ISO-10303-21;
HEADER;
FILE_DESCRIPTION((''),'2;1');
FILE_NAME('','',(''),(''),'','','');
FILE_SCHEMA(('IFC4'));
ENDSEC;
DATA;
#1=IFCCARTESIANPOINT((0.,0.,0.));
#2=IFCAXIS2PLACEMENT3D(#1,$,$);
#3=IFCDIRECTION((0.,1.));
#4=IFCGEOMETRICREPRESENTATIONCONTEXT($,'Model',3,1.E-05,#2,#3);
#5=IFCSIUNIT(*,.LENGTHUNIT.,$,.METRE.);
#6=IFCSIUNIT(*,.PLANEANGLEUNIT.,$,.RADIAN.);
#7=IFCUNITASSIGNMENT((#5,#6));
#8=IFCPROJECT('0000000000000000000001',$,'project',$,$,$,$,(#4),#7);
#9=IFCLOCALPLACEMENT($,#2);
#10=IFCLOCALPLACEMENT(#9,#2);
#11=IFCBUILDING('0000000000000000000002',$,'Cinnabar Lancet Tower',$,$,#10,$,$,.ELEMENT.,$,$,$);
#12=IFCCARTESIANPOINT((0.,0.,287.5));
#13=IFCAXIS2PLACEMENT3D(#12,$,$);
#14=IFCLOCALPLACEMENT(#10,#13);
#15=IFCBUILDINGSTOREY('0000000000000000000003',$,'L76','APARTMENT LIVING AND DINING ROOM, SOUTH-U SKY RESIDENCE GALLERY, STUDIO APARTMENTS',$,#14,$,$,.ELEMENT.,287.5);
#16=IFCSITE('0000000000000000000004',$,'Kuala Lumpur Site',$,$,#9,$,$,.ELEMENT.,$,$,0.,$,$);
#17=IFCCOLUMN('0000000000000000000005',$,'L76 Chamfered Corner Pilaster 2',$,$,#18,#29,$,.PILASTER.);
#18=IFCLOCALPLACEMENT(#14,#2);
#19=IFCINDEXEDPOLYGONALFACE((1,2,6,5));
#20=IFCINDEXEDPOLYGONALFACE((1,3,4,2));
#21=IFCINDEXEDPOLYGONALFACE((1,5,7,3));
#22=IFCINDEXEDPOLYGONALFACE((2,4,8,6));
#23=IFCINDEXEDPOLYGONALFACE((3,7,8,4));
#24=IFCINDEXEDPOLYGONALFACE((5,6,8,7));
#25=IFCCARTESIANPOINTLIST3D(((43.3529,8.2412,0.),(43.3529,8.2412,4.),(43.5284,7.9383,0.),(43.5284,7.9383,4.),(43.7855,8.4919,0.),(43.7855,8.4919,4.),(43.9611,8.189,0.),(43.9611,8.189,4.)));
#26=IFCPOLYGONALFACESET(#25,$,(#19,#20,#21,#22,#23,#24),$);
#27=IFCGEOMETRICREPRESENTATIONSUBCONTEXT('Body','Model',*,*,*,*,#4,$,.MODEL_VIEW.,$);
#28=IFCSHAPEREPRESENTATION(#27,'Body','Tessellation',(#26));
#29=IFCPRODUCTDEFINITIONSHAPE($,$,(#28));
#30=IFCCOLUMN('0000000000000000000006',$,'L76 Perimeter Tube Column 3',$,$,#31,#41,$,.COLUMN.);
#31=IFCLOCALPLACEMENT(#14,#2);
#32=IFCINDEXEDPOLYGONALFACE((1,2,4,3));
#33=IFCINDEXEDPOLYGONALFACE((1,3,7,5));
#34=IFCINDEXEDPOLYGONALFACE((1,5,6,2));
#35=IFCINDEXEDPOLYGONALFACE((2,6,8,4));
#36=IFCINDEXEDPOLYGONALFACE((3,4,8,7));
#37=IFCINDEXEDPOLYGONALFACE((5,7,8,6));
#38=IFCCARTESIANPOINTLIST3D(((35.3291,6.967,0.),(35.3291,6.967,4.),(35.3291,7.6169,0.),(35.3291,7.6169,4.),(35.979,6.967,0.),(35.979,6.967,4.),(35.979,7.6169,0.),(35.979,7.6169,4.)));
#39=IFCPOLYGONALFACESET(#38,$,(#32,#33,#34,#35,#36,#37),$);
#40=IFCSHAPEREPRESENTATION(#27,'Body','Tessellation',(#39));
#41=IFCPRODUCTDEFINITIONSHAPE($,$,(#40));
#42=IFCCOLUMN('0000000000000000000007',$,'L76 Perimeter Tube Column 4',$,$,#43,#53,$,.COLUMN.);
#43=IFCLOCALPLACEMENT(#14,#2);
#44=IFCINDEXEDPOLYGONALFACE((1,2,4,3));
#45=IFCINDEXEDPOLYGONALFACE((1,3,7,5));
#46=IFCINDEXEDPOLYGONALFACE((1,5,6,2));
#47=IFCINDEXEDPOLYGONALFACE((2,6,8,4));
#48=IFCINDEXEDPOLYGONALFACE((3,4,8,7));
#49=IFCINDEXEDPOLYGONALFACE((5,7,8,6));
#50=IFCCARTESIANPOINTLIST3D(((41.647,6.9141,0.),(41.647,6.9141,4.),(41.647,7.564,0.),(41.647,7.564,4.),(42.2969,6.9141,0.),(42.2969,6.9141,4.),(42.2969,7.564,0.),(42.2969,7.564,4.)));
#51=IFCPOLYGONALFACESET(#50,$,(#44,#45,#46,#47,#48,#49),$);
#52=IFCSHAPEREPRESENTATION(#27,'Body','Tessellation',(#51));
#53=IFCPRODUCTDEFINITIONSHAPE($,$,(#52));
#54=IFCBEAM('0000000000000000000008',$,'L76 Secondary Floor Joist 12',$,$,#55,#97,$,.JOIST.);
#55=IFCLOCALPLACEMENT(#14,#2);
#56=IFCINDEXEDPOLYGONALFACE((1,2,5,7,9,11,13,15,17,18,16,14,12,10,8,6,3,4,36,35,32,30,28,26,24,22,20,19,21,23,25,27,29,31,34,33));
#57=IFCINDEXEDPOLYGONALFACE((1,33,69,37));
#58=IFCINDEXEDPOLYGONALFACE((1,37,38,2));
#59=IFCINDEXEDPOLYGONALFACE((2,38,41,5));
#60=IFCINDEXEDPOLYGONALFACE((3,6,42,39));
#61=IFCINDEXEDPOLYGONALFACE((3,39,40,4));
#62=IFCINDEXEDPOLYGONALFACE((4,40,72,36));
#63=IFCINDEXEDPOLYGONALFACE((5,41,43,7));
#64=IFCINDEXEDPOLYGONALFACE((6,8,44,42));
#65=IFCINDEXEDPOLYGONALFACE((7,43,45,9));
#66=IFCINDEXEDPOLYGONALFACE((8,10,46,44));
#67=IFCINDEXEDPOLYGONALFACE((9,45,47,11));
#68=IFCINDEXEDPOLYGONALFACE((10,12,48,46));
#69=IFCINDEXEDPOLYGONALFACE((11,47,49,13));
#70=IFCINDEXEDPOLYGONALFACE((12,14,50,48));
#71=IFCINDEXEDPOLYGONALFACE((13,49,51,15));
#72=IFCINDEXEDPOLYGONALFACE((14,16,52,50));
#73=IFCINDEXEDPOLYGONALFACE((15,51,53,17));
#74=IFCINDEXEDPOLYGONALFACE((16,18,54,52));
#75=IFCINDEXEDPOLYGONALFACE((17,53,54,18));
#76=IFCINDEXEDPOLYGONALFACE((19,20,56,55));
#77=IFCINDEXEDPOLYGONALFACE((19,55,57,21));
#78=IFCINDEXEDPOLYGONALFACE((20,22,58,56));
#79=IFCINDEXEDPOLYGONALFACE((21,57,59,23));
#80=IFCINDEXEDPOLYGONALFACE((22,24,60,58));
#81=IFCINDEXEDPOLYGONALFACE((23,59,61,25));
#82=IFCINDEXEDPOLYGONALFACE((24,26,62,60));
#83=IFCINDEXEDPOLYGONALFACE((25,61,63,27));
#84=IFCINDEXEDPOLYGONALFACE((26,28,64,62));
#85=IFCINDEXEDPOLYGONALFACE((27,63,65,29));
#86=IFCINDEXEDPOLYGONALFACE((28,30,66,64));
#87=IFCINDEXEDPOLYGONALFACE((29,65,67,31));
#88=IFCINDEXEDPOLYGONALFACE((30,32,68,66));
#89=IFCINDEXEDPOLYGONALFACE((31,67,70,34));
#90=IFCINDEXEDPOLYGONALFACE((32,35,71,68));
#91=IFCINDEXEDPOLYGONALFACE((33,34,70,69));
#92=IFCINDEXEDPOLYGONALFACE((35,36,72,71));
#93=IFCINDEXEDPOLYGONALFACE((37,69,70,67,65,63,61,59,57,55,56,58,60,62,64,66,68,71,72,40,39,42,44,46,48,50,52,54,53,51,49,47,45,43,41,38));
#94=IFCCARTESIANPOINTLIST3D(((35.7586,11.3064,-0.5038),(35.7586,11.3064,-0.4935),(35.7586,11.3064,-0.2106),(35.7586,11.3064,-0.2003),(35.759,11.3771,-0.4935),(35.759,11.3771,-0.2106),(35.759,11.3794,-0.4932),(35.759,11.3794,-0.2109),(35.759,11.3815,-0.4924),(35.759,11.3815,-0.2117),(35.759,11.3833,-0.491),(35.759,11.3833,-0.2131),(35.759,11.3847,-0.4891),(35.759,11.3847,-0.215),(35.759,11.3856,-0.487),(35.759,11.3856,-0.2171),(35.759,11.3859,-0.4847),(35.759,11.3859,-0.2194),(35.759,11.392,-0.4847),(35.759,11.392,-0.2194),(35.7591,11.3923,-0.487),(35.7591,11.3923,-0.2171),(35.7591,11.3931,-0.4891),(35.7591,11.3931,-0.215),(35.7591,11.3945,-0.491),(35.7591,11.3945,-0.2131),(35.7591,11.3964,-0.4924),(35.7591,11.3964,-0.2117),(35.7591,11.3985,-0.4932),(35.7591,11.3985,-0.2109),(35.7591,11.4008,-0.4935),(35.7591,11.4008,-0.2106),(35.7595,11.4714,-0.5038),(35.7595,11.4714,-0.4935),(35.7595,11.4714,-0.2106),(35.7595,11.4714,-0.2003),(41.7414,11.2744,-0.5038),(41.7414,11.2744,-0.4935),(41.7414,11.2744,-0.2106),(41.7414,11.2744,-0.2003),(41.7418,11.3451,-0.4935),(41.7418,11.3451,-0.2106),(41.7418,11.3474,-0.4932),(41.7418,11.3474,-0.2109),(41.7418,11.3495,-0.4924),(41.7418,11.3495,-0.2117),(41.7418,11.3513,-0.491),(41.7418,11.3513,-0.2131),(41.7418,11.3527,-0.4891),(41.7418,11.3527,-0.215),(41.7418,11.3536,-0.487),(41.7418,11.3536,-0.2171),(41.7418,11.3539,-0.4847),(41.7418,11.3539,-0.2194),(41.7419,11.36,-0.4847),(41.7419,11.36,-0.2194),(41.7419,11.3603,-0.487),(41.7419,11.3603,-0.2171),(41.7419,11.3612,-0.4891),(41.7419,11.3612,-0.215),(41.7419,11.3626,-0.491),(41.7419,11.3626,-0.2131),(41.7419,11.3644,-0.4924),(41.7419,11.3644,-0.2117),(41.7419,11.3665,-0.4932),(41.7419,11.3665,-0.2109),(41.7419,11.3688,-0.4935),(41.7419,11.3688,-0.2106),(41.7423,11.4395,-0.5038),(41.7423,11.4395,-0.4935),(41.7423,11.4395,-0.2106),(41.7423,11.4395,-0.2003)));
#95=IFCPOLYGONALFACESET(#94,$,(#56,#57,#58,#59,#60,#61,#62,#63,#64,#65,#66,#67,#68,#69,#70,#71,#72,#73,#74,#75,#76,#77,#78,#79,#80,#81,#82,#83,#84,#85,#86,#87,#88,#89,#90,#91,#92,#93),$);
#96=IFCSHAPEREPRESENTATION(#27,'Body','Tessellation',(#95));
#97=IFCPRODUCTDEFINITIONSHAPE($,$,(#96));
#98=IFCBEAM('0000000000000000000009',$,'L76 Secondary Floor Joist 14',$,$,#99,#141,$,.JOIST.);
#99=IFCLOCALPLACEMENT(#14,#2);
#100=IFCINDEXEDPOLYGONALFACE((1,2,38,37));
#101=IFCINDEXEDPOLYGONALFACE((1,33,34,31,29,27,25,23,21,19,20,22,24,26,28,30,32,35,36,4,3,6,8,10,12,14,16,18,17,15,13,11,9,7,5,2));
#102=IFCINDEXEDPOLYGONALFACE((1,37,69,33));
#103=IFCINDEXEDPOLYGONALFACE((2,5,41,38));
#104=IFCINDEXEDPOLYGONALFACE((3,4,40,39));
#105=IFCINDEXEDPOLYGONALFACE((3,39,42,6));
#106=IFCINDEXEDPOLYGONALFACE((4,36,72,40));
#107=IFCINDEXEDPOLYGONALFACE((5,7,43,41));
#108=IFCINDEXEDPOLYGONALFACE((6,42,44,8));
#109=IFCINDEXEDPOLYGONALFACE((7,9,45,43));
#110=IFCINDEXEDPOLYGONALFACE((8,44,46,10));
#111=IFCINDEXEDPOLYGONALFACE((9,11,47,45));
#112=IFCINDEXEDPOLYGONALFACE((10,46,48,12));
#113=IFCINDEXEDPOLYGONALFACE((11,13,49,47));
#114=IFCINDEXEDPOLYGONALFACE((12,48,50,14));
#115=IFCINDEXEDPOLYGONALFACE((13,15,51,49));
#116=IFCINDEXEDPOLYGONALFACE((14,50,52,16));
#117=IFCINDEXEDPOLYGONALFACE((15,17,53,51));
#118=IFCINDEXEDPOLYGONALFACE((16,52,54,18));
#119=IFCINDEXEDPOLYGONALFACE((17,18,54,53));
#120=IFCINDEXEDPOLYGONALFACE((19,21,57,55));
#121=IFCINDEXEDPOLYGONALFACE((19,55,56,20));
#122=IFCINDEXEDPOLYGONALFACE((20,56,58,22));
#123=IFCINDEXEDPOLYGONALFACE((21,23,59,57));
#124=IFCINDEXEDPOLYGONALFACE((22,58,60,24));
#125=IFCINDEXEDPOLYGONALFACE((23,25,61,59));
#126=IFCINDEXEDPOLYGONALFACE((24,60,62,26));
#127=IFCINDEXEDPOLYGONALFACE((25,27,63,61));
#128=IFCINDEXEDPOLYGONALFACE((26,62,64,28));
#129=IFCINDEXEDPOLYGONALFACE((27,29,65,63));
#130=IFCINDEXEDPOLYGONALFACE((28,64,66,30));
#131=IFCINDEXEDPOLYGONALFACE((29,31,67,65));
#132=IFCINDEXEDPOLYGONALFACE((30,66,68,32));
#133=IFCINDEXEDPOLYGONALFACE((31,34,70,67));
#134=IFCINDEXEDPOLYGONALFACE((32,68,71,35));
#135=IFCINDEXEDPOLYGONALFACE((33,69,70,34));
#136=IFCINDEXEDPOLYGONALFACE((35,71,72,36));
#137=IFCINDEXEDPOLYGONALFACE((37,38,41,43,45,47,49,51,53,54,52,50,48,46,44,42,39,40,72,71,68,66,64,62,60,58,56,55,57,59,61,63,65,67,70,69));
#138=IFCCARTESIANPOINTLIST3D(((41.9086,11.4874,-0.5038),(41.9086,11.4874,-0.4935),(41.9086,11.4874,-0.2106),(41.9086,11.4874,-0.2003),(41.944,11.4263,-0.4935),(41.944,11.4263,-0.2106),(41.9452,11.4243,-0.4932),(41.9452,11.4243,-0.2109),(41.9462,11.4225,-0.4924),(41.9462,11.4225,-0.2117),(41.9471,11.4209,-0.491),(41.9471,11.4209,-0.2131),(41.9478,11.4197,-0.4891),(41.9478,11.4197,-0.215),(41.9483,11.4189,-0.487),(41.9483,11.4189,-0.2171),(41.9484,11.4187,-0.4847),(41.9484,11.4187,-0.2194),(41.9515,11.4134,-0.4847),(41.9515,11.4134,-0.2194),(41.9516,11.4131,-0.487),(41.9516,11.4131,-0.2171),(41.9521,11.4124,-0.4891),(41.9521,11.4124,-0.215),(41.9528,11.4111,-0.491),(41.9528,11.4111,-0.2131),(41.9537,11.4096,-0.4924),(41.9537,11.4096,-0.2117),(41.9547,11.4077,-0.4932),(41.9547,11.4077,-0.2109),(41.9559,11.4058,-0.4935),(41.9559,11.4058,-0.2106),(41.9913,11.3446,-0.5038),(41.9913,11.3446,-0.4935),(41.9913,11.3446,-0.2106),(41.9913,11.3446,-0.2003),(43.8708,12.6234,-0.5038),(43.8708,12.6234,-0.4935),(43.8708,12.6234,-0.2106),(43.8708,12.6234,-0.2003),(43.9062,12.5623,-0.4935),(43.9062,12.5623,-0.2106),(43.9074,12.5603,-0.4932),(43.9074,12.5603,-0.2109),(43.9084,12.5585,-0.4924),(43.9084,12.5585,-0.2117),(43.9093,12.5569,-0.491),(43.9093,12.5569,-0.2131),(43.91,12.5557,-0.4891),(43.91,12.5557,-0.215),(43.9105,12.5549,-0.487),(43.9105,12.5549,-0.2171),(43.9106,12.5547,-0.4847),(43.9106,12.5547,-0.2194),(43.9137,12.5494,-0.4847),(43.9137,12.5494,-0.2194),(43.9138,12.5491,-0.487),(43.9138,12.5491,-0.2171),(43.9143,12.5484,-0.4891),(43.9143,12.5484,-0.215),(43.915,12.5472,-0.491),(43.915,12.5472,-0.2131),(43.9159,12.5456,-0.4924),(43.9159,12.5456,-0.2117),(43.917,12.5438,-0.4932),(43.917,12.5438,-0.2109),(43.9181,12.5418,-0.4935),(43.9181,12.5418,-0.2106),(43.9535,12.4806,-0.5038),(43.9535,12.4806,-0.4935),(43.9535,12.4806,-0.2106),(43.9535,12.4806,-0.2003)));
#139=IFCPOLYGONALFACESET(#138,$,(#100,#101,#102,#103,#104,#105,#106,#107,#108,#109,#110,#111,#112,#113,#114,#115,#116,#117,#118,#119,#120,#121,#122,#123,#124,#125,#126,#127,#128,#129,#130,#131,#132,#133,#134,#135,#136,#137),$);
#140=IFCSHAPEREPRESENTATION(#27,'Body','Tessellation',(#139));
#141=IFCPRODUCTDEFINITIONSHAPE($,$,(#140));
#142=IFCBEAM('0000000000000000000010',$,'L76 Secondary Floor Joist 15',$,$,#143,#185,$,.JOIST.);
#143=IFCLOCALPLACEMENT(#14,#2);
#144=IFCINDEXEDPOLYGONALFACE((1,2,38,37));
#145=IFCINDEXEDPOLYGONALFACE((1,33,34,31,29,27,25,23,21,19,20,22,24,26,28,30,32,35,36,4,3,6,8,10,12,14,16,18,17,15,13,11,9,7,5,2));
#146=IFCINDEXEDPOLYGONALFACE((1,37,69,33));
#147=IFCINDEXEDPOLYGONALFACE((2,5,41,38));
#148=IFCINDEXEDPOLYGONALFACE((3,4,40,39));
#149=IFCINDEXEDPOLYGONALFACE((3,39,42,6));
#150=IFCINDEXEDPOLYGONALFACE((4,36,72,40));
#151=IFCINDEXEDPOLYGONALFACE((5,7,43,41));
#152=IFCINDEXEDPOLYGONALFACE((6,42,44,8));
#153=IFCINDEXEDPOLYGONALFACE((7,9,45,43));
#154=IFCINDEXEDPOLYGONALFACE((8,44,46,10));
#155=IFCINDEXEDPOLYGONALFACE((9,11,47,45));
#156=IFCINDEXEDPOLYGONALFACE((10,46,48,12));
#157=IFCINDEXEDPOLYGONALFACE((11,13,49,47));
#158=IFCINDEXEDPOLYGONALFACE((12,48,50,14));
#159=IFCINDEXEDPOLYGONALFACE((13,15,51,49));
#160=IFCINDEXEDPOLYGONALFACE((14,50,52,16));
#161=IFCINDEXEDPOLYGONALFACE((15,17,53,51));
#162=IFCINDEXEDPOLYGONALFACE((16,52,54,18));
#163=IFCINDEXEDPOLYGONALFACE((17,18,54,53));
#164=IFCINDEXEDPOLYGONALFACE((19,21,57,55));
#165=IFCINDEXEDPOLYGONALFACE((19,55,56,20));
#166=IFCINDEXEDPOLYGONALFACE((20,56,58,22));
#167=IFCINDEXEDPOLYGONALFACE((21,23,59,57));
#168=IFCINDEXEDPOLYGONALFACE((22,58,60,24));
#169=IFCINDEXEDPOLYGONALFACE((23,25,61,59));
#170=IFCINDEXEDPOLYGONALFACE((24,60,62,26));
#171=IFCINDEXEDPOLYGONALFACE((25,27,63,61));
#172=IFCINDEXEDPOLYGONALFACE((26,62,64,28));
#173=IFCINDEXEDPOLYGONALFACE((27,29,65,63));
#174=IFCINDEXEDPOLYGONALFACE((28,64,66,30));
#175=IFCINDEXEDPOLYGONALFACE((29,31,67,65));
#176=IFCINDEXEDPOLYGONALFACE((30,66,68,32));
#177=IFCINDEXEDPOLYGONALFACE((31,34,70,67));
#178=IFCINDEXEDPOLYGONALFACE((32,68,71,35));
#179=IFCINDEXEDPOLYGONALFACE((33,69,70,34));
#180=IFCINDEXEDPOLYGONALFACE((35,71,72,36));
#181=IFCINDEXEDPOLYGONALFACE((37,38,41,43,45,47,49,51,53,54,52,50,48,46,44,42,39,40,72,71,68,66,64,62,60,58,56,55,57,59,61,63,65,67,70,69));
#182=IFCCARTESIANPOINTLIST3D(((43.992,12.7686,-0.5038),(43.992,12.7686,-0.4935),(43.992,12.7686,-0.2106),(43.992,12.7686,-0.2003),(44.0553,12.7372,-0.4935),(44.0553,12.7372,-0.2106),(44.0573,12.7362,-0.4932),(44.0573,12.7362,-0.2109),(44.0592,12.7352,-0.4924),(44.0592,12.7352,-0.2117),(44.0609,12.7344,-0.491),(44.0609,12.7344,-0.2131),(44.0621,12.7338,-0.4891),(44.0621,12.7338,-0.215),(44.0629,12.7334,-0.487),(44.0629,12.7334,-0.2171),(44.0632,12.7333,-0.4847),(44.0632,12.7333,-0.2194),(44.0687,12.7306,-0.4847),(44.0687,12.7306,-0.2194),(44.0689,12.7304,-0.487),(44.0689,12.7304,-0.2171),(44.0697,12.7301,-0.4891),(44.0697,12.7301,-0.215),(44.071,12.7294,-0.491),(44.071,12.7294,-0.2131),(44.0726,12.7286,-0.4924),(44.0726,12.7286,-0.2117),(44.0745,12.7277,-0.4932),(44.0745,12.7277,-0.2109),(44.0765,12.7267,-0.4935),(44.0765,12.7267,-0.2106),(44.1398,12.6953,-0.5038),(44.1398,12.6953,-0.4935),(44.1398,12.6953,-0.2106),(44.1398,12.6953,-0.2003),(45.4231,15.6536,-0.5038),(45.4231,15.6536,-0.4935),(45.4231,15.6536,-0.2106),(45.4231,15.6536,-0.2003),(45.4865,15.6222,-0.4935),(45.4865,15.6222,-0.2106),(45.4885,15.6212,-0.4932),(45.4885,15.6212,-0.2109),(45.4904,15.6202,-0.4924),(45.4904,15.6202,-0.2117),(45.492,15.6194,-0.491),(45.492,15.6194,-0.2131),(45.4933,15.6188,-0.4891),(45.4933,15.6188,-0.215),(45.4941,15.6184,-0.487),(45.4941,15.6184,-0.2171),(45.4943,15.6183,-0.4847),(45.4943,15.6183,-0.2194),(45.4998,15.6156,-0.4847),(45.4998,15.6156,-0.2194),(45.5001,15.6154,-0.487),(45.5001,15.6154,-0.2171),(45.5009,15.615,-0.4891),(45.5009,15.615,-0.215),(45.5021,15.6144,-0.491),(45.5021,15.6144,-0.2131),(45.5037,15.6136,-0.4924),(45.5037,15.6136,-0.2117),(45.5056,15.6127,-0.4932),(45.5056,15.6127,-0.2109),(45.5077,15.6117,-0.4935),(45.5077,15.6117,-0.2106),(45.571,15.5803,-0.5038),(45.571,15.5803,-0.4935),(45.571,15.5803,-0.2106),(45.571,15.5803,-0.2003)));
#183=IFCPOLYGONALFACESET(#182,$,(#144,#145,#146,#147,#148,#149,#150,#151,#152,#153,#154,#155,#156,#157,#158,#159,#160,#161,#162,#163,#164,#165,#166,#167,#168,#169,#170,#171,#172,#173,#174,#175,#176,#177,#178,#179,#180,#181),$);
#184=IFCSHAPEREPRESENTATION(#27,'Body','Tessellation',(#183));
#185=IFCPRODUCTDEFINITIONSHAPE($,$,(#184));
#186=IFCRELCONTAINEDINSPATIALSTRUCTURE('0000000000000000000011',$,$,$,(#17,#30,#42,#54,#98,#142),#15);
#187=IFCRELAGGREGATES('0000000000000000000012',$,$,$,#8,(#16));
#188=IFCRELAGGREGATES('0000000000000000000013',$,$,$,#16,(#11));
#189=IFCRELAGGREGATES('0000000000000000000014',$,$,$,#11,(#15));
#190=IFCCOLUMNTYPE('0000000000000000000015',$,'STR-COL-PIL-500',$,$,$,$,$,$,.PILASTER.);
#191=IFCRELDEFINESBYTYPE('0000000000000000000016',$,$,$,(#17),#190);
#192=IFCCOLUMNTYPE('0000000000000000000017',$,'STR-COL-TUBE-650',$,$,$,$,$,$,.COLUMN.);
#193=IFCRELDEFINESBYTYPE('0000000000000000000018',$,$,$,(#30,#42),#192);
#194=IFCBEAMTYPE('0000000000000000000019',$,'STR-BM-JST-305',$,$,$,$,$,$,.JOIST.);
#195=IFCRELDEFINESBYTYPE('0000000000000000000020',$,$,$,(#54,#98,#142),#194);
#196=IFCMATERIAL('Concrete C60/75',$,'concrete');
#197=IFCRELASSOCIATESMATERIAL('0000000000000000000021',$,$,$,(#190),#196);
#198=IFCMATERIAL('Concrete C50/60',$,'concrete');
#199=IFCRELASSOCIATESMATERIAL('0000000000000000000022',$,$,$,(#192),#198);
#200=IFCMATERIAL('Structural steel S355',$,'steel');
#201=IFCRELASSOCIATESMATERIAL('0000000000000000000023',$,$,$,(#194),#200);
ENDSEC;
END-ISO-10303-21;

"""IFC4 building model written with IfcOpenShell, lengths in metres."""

from ifc_helpers import new_model, si_unit, direction, frame, origin, origin_2d, place, context, subcontext, project, spatial, rectangle, i_section, extrude, material, material_profile, profile_set, type_object, element, save


model = new_model("IFC4")

# Units and contexts
model_context = context("Model", 3, precision=1e-05, world=origin(), true_north=direction((0.0, 1.0)))
body_context = subcontext(model_context, "Body", "Model", "MODEL_VIEW")
ifc_project = project(units=[si_unit("LENGTHUNIT", "METRE"), si_unit("PLANEANGLEUNIT", "RADIAN")], contexts=[model_context])

# Site, building, storey
site_placement = place(None, origin())
site = spatial("IfcSite", under=ifc_project, at=site_placement, Name="Kuala Lumpur Site", CompositionType="ELEMENT", RefElevation=0.0)
building_placement = place(site_placement, origin())
building = spatial("IfcBuilding", under=site, at=building_placement, Name="Cinnabar Lancet Tower", CompositionType="ELEMENT")
storey_placement = place(building_placement, frame((0.0, 0.0, 287.5)))
storey = spatial("IfcBuildingStorey", under=building, at=storey_placement, Name="L76", Description="APARTMENT LIVING AND DINING ROOM, SOUTH-U SKY RESIDENCE GALLERY, STUDIO APARTMENTS", CompositionType="ELEMENT", Elevation=287.5)

# Columns
ifc_material_1 = material(Name="Concrete C60/75", Category="concrete")
ifc_material_profile_1 = material_profile(ifc_material_1, rectangle(XDim=0.5, YDim=0.3501, at=origin_2d()), Name="RC-PIL 500x350")
ifc_profile_set_1 = profile_set([ifc_material_profile_1], Name="Concrete C60/75")
column_type_1 = type_object("IfcColumnType", Name="STR-COL-PIL-500", PredefinedType="PILASTER", material=ifc_profile_set_1)
column_placement = place(storey_placement, frame((43.657, 8.2151, 0.0), z_axis=(0.0, 0.0, 1.0), x_axis=(0.865256, 0.50133, 0.0)))
element("IfcColumn", 1, at=column_placement, inside=storey, type_object=column_type_1, Name="L76 Chamfered Corner Pilaster 2", PredefinedType="PILASTER", context=body_context, shape_type="SweptSolid", body=[
    extrude(rectangle(XDim=0.5, YDim=0.3501, at=origin_2d()), origin(), (0.0, 0.0, 1.0), 4.0),
])
ifc_material_2 = material(Name="Concrete C50/60", Category="concrete")
ifc_material_profile_2 = material_profile(ifc_material_2, rectangle(XDim=0.6499, YDim=0.6499, at=origin_2d()), Name="RC-COL 650x650")
ifc_profile_set_2 = profile_set([ifc_material_profile_2], Name="Concrete C50/60")
column_type_2 = type_object("IfcColumnType", Name="STR-COL-TUBE-650", PredefinedType="COLUMN", material=ifc_profile_set_2)
for number, where, z_axis, x_axis, name in (
    (2, (35.6541, 7.292, 0.0), (0.0, 0.0, 1.0), (1.0, 0.0, 0.0), "L76 Perimeter Tube Column 3"),
    (3, (41.9719, 7.239, 0.0), (0.0, 0.0, 1.0), (1.0, 0.0, 0.0), "L76 Perimeter Tube Column 4"),
):
    element("IfcColumn", number, at=place(storey_placement, frame(where, z_axis=z_axis, x_axis=x_axis)), inside=storey, type_object=column_type_2, Name=name, PredefinedType="COLUMN", context=body_context, shape_type="SweptSolid", body=[
        extrude(rectangle(XDim=0.6499, YDim=0.6499, at=origin_2d()), origin(), (0.0, 0.0, 1.0), 4.0),
    ])

# Beams
ifc_material_3 = material(Name="Structural steel S355", Category="steel")
ifc_material_profile_3 = material_profile(ifc_material_3, i_section(OverallWidth=0.165, OverallDepth=0.3035, WebThickness=0.0061, FlangeThickness=0.0103, FilletRadius=0.0088, at=origin_2d()), Name="UKB 305x165x40")
ifc_profile_set_3 = profile_set([ifc_material_profile_3], Name="Structural steel S355")
beam_type_1 = type_object("IfcBeamType", Name="STR-BM-JST-305", PredefinedType="JOIST", material=ifc_profile_set_3)
beam_1_placement = place(storey_placement, frame((35.759, 11.3889, -0.3521), z_axis=(0.999986, -0.005346, 0.0), x_axis=(0.005346, 0.999986, 0.0)))
element("IfcBeam", 4, at=beam_1_placement, inside=storey, type_object=beam_type_1, Name="L76 Secondary Floor Joist 12", PredefinedType="JOIST", context=body_context, shape_type="SweptSolid", body=[
    extrude(i_section(OverallWidth=0.165, OverallDepth=0.3035, WebThickness=0.0061, FlangeThickness=0.0103, FilletRadius=0.0088, at=origin_2d()), origin(), (0.0, 0.0, 1.0), 5.9829),
])
beam_2_placement = place(storey_placement, frame((41.95, 11.416, -0.3521), z_axis=(0.865426, 0.501036, 0.0), x_axis=(-0.501036, 0.865426, 0.0)))
element("IfcBeam", 5, at=beam_2_placement, inside=storey, type_object=beam_type_1, Name="L76 Secondary Floor Joist 14", PredefinedType="JOIST", context=body_context, shape_type="SweptSolid", body=[
    extrude(i_section(OverallWidth=0.165, OverallDepth=0.3035, WebThickness=0.0061, FlangeThickness=0.0103, FilletRadius=0.0088, at=origin_2d()), origin(), (0.0, 0.0, 1.0), 2.2673),
])
beam_3_placement = place(storey_placement, frame((44.0659, 12.7319, -0.3521), z_axis=(0.444391, 0.895833, 0.0), x_axis=(-0.895833, 0.444391, 0.0)))
element("IfcBeam", 6, at=beam_3_placement, inside=storey, type_object=beam_type_1, Name="L76 Secondary Floor Joist 15", PredefinedType="JOIST", context=body_context, shape_type="SweptSolid", body=[
    extrude(i_section(OverallWidth=0.165, OverallDepth=0.3035, WebThickness=0.0061, FlangeThickness=0.0103, FilletRadius=0.0088, at=origin_2d()), origin(), (0.0, 0.0, 1.0), 3.2205),
])

save(model, "model.ifc")
